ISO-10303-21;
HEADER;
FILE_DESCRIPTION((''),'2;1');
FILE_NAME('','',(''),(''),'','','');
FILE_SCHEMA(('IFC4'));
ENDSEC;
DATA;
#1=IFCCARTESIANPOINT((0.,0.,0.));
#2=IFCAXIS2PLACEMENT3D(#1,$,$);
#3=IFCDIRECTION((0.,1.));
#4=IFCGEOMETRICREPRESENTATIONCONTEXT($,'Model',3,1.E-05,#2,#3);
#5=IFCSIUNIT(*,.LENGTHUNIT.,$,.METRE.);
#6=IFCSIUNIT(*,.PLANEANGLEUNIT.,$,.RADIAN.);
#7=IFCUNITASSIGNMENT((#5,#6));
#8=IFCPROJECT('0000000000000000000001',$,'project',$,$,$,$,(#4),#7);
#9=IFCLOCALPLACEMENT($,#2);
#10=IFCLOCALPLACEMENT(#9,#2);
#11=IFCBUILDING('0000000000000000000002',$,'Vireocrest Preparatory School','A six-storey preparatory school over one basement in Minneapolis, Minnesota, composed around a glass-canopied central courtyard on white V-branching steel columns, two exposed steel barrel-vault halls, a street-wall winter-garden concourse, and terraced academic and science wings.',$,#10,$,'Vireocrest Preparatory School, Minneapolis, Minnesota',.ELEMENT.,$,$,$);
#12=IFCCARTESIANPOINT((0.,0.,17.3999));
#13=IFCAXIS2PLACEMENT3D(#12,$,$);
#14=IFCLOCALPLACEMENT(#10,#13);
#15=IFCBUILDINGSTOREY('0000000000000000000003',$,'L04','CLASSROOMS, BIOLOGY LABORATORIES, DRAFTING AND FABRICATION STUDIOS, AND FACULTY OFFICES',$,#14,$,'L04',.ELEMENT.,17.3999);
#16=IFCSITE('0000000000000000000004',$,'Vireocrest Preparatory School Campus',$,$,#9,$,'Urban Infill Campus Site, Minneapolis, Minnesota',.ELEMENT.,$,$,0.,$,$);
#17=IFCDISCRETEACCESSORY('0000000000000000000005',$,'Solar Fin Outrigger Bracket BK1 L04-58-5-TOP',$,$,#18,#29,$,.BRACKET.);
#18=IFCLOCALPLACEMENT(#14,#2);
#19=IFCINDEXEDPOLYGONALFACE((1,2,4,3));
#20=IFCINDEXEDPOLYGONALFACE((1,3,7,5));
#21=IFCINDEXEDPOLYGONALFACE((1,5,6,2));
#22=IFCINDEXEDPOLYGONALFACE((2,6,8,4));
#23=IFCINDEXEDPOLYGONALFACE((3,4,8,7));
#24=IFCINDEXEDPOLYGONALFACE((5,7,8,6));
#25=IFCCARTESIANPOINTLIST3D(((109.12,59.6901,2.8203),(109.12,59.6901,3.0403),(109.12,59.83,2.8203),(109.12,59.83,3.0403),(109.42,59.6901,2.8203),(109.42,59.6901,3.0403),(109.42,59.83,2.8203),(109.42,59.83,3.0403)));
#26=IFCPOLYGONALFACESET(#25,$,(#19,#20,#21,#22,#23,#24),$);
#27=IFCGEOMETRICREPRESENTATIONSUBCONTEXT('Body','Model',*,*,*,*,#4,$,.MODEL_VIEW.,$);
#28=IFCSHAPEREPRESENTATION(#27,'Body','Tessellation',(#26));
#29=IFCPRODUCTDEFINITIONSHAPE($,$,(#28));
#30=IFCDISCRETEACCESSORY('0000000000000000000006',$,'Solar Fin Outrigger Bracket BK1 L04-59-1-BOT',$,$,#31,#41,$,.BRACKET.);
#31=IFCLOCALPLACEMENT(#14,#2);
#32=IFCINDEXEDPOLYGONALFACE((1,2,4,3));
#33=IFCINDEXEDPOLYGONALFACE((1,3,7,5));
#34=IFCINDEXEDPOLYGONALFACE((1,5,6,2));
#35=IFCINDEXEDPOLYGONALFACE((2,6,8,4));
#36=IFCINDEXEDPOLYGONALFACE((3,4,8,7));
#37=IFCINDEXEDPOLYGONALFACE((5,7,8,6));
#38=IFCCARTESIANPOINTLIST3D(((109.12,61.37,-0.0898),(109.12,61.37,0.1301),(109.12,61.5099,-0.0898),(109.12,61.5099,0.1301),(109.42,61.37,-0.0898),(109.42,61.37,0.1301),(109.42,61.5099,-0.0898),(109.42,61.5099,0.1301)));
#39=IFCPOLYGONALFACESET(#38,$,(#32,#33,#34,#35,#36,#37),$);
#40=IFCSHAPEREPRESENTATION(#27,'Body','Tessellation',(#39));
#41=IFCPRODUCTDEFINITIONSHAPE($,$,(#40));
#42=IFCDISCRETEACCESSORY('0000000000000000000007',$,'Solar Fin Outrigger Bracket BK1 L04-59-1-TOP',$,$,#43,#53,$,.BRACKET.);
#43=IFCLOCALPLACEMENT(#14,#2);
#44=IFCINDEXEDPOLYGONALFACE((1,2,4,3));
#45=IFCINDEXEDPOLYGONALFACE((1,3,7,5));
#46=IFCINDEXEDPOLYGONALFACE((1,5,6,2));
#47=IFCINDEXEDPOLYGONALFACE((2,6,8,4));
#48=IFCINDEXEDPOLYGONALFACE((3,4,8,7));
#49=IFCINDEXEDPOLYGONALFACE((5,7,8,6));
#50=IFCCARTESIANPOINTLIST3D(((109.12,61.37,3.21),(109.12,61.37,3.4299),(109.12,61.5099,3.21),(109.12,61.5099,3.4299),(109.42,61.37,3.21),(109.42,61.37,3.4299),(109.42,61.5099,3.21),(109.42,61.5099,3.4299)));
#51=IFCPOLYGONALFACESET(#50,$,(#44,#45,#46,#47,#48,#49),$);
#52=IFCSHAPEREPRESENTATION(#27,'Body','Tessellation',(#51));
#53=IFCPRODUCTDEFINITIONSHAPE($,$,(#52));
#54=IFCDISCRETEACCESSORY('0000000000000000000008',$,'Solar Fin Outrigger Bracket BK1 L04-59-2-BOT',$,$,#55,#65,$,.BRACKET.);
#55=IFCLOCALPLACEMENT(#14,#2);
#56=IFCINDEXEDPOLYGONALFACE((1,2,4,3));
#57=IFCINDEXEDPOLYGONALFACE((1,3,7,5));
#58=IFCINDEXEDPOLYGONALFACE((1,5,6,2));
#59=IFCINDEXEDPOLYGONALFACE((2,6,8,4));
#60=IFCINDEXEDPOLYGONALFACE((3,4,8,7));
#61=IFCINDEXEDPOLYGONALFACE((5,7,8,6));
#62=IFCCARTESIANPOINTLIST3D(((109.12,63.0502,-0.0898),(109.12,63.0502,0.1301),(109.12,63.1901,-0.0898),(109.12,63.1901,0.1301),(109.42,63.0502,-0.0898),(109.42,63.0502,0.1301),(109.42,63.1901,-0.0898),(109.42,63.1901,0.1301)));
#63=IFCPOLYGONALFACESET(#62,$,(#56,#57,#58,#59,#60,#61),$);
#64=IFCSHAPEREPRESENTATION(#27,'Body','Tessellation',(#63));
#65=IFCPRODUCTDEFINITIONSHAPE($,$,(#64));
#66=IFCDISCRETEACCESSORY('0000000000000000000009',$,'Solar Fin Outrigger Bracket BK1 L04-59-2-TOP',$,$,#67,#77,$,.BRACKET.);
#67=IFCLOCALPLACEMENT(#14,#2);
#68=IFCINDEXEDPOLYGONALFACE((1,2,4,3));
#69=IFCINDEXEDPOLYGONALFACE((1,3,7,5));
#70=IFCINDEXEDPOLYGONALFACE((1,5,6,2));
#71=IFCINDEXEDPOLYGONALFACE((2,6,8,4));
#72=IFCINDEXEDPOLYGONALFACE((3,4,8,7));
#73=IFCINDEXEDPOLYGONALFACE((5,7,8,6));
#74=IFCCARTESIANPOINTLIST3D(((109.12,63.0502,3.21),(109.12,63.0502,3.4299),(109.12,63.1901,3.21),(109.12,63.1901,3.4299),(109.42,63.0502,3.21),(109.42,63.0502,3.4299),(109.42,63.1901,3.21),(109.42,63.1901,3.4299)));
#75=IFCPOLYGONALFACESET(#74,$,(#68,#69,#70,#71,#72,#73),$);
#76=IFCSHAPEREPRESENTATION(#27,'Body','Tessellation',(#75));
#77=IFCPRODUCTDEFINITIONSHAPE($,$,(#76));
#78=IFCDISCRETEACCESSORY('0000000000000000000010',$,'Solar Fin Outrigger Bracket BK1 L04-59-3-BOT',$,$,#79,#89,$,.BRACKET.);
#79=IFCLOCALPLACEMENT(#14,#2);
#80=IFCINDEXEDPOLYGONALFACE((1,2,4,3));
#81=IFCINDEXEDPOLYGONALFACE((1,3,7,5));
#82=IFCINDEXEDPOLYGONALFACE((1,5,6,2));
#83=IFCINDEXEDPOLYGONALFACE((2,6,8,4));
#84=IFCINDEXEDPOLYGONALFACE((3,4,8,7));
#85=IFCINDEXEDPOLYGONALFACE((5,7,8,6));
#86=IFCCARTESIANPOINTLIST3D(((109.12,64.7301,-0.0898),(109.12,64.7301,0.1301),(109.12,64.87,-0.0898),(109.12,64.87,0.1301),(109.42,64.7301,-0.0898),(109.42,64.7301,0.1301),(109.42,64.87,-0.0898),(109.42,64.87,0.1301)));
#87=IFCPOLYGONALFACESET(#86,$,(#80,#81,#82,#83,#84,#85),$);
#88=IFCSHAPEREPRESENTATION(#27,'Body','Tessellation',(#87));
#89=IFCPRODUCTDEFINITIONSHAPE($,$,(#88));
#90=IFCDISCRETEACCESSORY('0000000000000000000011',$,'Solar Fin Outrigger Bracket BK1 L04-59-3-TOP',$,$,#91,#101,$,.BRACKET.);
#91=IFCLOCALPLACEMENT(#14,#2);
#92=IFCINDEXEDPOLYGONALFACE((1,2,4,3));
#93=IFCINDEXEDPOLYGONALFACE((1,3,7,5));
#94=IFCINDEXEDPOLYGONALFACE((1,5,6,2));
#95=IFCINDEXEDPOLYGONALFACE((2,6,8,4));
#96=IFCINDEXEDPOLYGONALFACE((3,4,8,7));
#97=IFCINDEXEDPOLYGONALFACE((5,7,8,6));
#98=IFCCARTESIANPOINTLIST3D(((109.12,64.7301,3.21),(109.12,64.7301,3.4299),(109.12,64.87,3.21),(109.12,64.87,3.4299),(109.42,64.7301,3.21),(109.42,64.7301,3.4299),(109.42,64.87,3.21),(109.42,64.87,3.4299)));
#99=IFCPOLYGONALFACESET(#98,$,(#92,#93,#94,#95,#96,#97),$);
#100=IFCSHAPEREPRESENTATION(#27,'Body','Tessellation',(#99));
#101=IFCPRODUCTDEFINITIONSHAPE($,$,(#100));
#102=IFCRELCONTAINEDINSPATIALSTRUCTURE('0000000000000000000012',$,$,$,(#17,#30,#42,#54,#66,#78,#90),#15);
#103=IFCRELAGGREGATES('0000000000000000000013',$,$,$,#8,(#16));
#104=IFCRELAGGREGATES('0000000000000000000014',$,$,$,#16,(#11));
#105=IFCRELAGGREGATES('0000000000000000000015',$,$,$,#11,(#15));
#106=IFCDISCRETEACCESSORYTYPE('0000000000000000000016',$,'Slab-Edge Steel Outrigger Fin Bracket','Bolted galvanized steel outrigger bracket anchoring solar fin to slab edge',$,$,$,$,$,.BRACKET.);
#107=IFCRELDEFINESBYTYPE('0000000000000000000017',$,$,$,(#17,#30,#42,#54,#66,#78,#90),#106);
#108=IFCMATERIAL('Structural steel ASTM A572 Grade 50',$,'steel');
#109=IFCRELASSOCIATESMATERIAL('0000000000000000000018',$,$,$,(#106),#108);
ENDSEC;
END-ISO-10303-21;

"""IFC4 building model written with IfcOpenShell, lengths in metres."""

from ifc_helpers import new_model, si_unit, direction, frame, origin, origin_2d, place, context, subcontext, project, spatial, rectangle, extrude, material, type_object, element, save


model = new_model("IFC4")

# Units and contexts
model_context = context("Model", 3, precision=1e-05, world=origin(), true_north=direction((0.0, 1.0)))
body_context = subcontext(model_context, "Body", "Model", "MODEL_VIEW")
ifc_project = project(units=[si_unit("LENGTHUNIT", "METRE"), si_unit("PLANEANGLEUNIT", "RADIAN")], contexts=[model_context])

# Site, building, storey
site_placement = place(None, origin())
site = spatial("IfcSite", under=ifc_project, at=site_placement, Name="Vireocrest Preparatory School Campus", LongName="Urban Infill Campus Site, Minneapolis, Minnesota", CompositionType="ELEMENT", RefElevation=0.0)
building_placement = place(site_placement, origin())
building = spatial("IfcBuilding", under=site, at=building_placement, Name="Vireocrest Preparatory School", Description="A six-storey preparatory school over one basement in Minneapolis, Minnesota, composed around a glass-canopied central courtyard on white V-branching steel columns, two exposed steel barrel-vault halls, a street-wall winter-garden concourse, and terraced academic and science wings.", LongName="Vireocrest Preparatory School, Minneapolis, Minnesota", CompositionType="ELEMENT")
storey_placement = place(building_placement, frame((0.0, 0.0, 17.3999)))
storey = spatial("IfcBuildingStorey", under=building, at=storey_placement, Name="L04", Description="CLASSROOMS, BIOLOGY LABORATORIES, DRAFTING AND FABRICATION STUDIOS, AND FACULTY OFFICES", LongName="L04", CompositionType="ELEMENT", Elevation=17.3999)

# Discrete accessories
ifc_material_1 = material(Name="Structural steel ASTM A572 Grade 50", Category="steel")
discrete_accessory_type = type_object("IfcDiscreteAccessoryType", Name="Slab-Edge Steel Outrigger Fin Bracket", Description="Bolted galvanized steel outrigger bracket anchoring solar fin to slab edge", PredefinedType="BRACKET", material=ifc_material_1)
for number, where, z_axis, x_axis, name in (
    (1, (109.27, 59.76, 2.8203), (0.0, 0.0, 1.0), (0.0, -1.0, 0.0), "Solar Fin Outrigger Bracket BK1 L04-58-5-TOP"),
    (2, (109.27, 61.4399, -0.0898), (0.0, 0.0, 1.0), (0.0, -1.0, 0.0), "Solar Fin Outrigger Bracket BK1 L04-59-1-BOT"),
    (3, (109.27, 61.4399, 3.21), (0.0, 0.0, 1.0), (0.0, -1.0, 0.0), "Solar Fin Outrigger Bracket BK1 L04-59-1-TOP"),
    (4, (109.27, 63.1201, -0.0898), (0.0, 0.0, 1.0), (0.0, -1.0, 0.0), "Solar Fin Outrigger Bracket BK1 L04-59-2-BOT"),
    (5, (109.27, 63.1201, 3.21), (0.0, 0.0, 1.0), (0.0, -1.0, 0.0), "Solar Fin Outrigger Bracket BK1 L04-59-2-TOP"),
    (6, (109.27, 64.8, -0.0898), (0.0, 0.0, 1.0), (0.0, -1.0, 0.0), "Solar Fin Outrigger Bracket BK1 L04-59-3-BOT"),
    (7, (109.27, 64.8, 3.21), (0.0, 0.0, 1.0), (0.0, -1.0, 0.0), "Solar Fin Outrigger Bracket BK1 L04-59-3-TOP"),
):
    element("IfcDiscreteAccessory", number, at=place(storey_placement, frame(where, z_axis=z_axis, x_axis=x_axis)), inside=storey, type_object=discrete_accessory_type, Name=name, PredefinedType="BRACKET", context=body_context, shape_type="SweptSolid", body=[
        extrude(rectangle(XDim=0.1399, YDim=0.3, at=origin_2d()), origin(), (0.0, 0.0, 1.0), 0.22),
    ])

save(model, "model.ifc")
